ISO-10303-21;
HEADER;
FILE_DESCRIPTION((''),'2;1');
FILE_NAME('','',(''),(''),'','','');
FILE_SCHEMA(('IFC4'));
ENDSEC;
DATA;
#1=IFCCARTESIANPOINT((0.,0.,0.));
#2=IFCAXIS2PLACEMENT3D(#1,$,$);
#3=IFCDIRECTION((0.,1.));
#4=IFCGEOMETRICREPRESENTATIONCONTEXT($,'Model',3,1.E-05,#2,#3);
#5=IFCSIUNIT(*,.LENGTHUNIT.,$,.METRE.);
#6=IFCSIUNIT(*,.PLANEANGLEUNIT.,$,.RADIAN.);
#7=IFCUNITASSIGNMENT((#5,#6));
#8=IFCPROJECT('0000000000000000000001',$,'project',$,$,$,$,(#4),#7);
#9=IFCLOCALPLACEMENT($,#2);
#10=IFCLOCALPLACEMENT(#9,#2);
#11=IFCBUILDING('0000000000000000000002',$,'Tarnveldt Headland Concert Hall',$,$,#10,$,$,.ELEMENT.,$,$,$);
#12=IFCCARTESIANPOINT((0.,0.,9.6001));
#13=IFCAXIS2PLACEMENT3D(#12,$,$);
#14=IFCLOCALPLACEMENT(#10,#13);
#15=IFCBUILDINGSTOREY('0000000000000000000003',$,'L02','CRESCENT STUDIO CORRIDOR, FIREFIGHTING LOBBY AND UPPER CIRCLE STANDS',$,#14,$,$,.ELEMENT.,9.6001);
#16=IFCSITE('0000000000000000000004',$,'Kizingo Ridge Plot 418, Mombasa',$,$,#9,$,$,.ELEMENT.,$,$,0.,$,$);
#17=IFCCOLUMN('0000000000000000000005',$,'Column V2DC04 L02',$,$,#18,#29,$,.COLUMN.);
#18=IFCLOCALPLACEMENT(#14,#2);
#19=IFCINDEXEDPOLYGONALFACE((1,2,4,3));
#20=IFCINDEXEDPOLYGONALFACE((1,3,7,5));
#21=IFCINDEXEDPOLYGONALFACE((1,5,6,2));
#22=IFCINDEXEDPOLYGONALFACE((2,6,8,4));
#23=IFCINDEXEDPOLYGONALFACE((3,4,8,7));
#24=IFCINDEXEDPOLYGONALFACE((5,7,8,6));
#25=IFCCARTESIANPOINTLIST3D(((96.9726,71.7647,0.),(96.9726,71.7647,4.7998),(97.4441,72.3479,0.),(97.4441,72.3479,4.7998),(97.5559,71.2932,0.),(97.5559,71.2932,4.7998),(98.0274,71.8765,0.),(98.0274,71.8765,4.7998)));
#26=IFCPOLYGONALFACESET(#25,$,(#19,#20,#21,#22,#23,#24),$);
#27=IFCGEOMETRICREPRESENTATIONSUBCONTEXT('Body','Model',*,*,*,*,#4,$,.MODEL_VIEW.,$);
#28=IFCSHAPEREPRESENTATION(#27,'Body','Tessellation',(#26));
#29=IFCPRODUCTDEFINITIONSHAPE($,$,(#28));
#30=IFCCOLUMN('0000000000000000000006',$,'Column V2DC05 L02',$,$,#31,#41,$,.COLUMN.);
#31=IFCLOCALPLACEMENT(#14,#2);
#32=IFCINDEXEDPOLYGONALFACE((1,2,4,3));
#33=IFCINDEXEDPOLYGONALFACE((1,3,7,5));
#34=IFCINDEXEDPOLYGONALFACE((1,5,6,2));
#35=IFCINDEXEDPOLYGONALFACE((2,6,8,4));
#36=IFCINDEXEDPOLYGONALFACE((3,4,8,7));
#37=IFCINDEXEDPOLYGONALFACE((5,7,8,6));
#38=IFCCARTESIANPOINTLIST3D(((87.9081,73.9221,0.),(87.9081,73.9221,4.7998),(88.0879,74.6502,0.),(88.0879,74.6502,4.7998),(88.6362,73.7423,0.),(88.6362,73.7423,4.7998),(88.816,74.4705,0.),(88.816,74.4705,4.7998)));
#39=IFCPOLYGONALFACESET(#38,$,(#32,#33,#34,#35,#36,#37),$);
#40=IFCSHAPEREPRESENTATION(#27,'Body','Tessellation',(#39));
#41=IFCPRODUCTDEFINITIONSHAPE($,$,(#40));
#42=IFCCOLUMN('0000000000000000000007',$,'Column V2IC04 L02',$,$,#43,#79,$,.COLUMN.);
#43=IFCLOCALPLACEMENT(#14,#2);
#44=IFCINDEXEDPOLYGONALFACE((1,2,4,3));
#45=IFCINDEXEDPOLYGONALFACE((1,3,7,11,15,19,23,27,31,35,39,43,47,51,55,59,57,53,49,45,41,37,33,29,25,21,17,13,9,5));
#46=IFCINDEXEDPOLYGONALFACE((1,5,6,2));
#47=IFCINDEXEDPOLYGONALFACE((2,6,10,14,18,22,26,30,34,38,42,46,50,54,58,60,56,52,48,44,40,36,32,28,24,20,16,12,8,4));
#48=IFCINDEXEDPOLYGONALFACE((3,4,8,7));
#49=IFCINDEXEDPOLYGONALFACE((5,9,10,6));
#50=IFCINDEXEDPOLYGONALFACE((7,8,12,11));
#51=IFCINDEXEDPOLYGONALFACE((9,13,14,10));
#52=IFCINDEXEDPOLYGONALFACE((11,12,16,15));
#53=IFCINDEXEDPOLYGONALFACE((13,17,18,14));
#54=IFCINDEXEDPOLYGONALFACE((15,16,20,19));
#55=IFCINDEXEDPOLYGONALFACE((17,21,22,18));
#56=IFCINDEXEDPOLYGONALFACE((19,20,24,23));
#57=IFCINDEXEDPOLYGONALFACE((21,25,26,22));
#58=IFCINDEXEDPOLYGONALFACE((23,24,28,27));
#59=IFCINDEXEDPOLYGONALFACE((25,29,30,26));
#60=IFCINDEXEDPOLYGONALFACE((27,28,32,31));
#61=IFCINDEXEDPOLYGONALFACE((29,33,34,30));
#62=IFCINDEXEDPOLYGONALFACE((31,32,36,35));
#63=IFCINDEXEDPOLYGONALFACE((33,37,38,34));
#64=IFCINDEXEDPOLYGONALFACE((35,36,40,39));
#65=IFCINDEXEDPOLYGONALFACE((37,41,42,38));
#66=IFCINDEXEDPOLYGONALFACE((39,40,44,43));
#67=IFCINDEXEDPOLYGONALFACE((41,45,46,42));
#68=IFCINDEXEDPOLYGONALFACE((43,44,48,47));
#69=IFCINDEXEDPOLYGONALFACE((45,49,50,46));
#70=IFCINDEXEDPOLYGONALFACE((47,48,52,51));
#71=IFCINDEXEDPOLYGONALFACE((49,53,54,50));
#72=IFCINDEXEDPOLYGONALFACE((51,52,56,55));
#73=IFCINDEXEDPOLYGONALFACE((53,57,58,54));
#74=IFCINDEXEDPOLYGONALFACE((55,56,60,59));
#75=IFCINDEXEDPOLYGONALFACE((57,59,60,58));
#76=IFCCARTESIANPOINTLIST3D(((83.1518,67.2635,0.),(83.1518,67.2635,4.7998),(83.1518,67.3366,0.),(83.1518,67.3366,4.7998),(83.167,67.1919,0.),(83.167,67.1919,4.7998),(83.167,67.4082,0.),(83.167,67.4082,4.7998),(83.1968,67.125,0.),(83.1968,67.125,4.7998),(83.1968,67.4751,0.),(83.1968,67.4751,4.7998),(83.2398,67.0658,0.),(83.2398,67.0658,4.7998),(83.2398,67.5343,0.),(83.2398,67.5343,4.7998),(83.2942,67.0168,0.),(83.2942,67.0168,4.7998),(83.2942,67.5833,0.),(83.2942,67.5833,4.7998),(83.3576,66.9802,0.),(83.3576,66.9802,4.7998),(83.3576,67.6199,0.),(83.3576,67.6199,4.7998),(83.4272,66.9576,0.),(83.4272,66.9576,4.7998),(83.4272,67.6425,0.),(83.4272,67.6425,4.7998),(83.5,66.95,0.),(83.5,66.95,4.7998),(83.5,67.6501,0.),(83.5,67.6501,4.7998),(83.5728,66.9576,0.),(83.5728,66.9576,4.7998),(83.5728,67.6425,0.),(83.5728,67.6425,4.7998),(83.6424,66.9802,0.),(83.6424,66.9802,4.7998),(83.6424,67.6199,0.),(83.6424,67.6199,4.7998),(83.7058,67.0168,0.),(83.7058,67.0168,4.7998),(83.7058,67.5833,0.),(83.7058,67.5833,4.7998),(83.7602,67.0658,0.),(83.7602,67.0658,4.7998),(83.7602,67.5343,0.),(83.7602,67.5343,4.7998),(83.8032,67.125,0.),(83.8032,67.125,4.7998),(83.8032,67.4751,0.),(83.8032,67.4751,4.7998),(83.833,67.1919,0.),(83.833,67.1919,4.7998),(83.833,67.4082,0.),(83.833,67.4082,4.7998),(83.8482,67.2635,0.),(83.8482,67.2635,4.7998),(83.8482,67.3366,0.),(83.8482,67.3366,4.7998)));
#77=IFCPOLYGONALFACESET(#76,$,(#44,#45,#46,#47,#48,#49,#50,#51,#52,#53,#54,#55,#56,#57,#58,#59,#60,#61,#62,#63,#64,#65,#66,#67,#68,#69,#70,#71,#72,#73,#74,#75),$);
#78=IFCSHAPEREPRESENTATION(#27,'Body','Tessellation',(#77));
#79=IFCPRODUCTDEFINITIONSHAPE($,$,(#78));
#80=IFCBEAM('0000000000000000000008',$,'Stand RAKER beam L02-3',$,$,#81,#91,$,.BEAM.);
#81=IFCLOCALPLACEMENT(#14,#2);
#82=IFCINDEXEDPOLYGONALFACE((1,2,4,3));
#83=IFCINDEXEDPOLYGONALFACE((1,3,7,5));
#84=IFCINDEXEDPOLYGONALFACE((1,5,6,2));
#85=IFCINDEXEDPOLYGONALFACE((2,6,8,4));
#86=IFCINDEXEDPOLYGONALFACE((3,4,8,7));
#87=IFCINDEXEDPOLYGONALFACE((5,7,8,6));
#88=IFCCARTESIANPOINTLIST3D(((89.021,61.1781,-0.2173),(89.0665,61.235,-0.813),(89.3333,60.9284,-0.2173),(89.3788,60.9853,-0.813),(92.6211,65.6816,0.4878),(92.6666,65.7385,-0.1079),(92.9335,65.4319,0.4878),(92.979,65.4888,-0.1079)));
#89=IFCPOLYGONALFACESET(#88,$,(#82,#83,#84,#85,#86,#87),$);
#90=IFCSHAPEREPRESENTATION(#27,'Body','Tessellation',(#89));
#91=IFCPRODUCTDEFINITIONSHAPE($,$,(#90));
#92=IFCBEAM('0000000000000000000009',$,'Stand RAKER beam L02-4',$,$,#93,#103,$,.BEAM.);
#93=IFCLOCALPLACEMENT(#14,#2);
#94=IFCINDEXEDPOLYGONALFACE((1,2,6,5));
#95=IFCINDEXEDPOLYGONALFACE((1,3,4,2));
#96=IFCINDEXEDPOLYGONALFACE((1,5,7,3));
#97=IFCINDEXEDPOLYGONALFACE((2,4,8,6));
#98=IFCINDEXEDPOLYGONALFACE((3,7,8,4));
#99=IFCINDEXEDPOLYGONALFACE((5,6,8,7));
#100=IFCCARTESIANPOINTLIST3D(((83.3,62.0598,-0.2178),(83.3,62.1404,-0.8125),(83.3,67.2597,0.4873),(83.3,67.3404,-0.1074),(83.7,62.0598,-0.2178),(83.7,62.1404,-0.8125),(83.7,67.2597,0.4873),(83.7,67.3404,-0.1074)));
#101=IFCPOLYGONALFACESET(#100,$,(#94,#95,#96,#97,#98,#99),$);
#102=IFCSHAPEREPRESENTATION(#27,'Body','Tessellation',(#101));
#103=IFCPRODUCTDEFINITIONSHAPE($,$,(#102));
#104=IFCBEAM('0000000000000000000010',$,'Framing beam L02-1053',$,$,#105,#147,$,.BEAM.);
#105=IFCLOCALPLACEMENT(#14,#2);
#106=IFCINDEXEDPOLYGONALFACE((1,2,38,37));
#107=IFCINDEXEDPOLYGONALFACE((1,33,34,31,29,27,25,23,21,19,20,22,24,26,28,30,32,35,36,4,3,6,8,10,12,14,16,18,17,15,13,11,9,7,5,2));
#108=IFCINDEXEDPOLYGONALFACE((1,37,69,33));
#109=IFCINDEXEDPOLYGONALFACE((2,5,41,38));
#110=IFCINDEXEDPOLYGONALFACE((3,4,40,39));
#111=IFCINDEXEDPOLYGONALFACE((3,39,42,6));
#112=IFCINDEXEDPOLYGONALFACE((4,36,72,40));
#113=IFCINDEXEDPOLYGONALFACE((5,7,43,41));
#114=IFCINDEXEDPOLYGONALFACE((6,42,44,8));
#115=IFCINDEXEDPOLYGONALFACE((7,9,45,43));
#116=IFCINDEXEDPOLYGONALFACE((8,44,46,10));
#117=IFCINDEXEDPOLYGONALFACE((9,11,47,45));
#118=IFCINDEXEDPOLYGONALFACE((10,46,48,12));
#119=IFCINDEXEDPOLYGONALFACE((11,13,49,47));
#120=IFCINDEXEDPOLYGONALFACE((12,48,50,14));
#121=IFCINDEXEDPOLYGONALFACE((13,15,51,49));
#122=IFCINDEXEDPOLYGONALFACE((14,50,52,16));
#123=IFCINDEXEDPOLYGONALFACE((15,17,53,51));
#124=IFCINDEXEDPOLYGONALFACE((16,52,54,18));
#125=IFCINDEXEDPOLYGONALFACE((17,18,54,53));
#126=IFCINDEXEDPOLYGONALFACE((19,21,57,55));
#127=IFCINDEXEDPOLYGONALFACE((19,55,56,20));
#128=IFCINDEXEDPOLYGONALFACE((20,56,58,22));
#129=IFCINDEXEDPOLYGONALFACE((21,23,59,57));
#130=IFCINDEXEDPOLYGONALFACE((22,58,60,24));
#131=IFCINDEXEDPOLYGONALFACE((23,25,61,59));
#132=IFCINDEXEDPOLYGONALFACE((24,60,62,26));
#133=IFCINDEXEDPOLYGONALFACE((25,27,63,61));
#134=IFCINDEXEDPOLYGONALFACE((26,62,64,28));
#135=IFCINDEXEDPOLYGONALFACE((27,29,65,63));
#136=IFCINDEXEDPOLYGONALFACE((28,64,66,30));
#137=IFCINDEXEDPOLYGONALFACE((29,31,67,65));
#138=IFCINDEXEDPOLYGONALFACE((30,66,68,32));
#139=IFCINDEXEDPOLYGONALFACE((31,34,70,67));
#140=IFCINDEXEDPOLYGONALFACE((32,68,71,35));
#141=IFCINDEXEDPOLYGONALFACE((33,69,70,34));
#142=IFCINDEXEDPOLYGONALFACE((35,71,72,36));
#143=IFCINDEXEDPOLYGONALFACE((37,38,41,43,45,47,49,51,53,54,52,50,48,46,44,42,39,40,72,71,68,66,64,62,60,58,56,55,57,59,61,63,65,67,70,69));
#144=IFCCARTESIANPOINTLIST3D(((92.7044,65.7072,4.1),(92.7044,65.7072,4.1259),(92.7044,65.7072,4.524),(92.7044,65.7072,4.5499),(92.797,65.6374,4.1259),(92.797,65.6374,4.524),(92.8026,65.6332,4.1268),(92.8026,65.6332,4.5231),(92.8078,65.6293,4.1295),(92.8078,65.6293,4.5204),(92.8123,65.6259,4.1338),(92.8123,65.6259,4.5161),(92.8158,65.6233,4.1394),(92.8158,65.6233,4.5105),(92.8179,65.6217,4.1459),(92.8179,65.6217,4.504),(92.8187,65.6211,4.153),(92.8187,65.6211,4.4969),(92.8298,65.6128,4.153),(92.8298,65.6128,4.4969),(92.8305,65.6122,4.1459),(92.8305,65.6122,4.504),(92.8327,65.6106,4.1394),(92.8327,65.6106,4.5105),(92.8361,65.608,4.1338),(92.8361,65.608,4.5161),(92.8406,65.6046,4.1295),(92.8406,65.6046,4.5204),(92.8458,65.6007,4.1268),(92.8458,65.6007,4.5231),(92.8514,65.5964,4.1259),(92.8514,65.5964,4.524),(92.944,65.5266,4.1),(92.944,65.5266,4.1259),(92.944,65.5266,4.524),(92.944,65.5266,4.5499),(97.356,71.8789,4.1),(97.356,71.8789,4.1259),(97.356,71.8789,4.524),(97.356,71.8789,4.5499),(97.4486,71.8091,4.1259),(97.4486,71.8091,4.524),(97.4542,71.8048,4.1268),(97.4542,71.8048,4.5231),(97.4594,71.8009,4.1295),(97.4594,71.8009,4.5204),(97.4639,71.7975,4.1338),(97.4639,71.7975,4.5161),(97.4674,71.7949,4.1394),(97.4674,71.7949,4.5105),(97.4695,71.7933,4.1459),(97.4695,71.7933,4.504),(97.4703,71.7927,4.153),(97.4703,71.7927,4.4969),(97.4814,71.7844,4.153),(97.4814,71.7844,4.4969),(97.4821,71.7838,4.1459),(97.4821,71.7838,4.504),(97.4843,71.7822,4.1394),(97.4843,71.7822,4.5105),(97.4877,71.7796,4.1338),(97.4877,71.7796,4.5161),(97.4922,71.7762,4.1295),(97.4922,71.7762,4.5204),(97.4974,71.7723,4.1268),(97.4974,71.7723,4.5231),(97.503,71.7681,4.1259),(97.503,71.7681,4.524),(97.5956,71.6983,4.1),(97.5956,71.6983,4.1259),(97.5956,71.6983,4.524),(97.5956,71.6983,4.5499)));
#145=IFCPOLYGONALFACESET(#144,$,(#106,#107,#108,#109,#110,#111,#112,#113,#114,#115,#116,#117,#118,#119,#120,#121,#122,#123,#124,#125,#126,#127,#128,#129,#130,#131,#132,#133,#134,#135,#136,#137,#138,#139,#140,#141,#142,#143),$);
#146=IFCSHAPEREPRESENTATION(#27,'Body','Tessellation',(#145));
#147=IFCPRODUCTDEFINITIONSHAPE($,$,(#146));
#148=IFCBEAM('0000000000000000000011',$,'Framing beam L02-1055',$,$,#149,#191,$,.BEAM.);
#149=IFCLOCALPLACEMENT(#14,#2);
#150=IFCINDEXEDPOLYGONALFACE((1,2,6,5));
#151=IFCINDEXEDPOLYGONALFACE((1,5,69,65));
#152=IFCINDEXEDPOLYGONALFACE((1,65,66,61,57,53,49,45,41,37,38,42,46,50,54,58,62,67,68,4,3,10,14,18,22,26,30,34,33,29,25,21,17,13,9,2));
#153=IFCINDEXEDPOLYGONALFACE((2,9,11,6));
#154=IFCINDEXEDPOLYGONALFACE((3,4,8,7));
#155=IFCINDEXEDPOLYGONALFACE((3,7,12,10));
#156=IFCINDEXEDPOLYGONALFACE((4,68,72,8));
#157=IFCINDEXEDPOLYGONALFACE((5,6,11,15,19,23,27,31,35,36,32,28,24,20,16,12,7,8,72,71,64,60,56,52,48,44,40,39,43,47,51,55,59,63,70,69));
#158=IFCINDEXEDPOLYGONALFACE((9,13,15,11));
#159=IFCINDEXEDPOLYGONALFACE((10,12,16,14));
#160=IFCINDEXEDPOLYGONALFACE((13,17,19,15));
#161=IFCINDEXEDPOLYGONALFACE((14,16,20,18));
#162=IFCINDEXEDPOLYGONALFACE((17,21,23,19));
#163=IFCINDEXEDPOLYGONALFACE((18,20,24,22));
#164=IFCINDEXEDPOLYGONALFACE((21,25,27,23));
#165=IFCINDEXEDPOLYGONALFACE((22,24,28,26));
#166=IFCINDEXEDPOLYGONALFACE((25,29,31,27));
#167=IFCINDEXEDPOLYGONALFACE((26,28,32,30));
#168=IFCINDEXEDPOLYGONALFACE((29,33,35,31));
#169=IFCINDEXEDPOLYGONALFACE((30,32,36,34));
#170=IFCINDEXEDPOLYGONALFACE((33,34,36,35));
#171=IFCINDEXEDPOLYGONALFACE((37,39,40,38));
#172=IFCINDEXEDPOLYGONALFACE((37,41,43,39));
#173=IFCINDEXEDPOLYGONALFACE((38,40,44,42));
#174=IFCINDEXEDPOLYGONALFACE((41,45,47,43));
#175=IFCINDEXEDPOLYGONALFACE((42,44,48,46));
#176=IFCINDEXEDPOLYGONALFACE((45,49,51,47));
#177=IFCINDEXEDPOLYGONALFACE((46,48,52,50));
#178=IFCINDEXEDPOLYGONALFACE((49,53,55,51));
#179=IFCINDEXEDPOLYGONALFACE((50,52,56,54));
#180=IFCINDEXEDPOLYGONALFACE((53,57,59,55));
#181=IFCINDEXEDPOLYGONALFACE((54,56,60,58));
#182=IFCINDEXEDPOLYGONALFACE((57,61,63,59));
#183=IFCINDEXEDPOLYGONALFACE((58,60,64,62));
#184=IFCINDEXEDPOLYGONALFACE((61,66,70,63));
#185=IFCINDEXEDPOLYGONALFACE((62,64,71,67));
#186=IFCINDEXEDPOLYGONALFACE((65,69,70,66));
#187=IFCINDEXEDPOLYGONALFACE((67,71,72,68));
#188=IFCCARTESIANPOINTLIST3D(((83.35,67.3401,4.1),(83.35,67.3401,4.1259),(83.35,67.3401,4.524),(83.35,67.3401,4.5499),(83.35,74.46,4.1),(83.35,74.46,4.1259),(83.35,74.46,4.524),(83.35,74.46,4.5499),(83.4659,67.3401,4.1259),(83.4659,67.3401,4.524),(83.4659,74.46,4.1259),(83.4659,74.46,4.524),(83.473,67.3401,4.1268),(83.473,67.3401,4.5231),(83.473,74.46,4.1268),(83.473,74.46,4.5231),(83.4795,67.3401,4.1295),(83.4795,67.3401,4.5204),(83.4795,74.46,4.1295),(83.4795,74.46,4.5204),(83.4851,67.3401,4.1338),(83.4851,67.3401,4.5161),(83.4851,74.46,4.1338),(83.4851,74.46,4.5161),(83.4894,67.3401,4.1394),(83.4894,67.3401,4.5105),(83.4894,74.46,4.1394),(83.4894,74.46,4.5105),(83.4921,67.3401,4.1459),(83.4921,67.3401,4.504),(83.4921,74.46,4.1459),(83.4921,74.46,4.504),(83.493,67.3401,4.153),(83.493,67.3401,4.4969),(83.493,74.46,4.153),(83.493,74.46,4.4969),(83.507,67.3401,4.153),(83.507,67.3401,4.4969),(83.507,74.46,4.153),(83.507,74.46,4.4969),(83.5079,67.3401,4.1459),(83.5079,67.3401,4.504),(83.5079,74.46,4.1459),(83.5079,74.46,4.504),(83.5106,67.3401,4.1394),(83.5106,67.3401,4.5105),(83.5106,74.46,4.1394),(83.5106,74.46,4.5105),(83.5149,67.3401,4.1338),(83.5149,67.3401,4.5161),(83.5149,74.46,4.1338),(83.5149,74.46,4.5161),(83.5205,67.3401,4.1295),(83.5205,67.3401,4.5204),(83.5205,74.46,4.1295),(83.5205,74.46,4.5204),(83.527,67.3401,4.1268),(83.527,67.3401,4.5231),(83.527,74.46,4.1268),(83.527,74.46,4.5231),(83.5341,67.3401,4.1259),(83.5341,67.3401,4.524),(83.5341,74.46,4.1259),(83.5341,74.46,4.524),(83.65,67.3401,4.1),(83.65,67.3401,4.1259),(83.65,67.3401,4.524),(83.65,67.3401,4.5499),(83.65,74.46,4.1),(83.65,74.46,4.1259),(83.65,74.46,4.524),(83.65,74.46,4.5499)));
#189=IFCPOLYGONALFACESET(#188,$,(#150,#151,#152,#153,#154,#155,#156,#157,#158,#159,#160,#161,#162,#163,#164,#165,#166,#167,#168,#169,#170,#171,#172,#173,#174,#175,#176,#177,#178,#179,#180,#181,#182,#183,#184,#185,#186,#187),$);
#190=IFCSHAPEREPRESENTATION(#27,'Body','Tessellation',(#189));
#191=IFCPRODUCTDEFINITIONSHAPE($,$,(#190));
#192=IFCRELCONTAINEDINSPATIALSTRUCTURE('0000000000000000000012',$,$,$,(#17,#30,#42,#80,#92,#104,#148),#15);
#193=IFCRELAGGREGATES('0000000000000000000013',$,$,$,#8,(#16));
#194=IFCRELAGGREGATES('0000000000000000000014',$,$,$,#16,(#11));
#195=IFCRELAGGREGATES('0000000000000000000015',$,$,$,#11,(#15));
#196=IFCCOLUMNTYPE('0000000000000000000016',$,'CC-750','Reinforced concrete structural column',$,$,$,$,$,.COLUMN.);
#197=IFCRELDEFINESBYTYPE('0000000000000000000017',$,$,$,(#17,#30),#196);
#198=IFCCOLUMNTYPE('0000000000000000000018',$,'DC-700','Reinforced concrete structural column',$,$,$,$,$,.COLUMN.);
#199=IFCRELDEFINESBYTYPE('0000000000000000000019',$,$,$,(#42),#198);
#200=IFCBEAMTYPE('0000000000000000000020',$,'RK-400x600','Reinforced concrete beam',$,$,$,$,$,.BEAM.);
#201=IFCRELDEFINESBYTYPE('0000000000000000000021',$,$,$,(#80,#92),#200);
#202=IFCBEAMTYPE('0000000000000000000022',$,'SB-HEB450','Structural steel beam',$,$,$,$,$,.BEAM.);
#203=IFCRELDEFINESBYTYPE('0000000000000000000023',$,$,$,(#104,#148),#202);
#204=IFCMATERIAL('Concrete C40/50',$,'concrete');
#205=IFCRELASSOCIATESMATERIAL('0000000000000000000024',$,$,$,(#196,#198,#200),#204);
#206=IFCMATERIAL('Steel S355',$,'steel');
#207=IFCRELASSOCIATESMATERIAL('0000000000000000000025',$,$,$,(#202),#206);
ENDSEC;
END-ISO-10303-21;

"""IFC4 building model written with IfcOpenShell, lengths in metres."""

from ifc_helpers import new_model, si_unit, direction, frame, origin, origin_2d, place, context, subcontext, project, spatial, rectangle, circle, i_section, extrude, material, material_profile, profile_set, type_object, element, save


model = new_model("IFC4")

# Units and contexts
model_context = context("Model", 3, precision=1e-05, world=origin(), true_north=direction((0.0, 1.0)))
body_context = subcontext(model_context, "Body", "Model", "MODEL_VIEW")
ifc_project = project(units=[si_unit("LENGTHUNIT", "METRE"), si_unit("PLANEANGLEUNIT", "RADIAN")], contexts=[model_context])

# Site, building, storey
site_placement = place(None, origin())
site = spatial("IfcSite", under=ifc_project, at=site_placement, Name="Kizingo Ridge Plot 418, Mombasa", CompositionType="ELEMENT", RefElevation=0.0)
building_placement = place(site_placement, origin())
building = spatial("IfcBuilding", under=site, at=building_placement, Name="Tarnveldt Headland Concert Hall", CompositionType="ELEMENT")
storey_placement = place(building_placement, frame((0.0, 0.0, 9.6001)))
storey = spatial("IfcBuildingStorey", under=building, at=storey_placement, Name="L02", Description="CRESCENT STUDIO CORRIDOR, FIREFIGHTING LOBBY AND UPPER CIRCLE STANDS", CompositionType="ELEMENT", Elevation=9.6001)

# Columns
ifc_material_1 = material(Name="Concrete C40/50", Category="concrete")
ifc_material_profile_1 = material_profile(ifc_material_1, rectangle(XDim=0.75, YDim=0.75, at=origin_2d()), Name="RC 750x750", Category="concrete")
ifc_profile_set_1 = profile_set([ifc_material_profile_1], Name="Concrete C40/50")
column_type_1 = type_object("IfcColumnType", Name="CC-750", Description="Reinforced concrete structural column", PredefinedType="COLUMN", material=ifc_profile_set_1)
for number, where, z_axis, x_axis, name in (
    (1, (97.5, 71.8206, 0.0), (0.0, 0.0, 1.0), (0.628642, 0.777695, 0.0), "Column V2DC04 L02"),
    (2, (88.3621, 74.1963, 0.0), (0.0, 0.0, 1.0), (0.23972, 0.970842, 0.0), "Column V2DC05 L02"),
):
    element("IfcColumn", number, at=place(storey_placement, frame(where, z_axis=z_axis, x_axis=x_axis)), inside=storey, type_object=column_type_1, Name=name, PredefinedType="COLUMN", context=body_context, shape_type="SweptSolid", body=[
        extrude(rectangle(XDim=0.75, YDim=0.75, at=origin_2d()), origin(), (0.0, 0.0, 1.0), 4.7998),
    ])
ifc_material_profile_2 = material_profile(ifc_material_1, circle(Radius=0.3501, at=origin_2d()), Name="RC D700", Category="concrete")
ifc_profile_set_2 = profile_set([ifc_material_profile_2], Name="Concrete C40/50")
column_type_2 = type_object("IfcColumnType", Name="DC-700", Description="Reinforced concrete structural column", PredefinedType="COLUMN", material=ifc_profile_set_2)
for number, where, z_axis, x_axis, name in (
    (3, (83.5, 67.3, 0.0), (0.0, 0.0, 1.0), (0.0, 1.0, 0.0), "Column V2IC04 L02"),
):
    element("IfcColumn", number, at=place(storey_placement, frame(where, z_axis=z_axis, x_axis=x_axis)), inside=storey, type_object=column_type_2, Name=name, PredefinedType="COLUMN", context=body_context, shape_type="SweptSolid", body=[
        extrude(circle(Radius=0.3501, at=origin_2d()), origin(), (0.0, 0.0, 1.0), 4.7998),
    ])

# Beams
ifc_material_profile_3 = material_profile(ifc_material_1, rectangle(XDim=0.3999, YDim=0.6001, at=origin_2d()), Name="RAKER RC 400x600", Category="concrete")
ifc_profile_set_3 = profile_set([ifc_material_profile_3], Name="Concrete C40/50")
beam_type_1 = type_object("IfcBeamType", Name="RK-400x600", Description="Reinforced concrete beam", PredefinedType="BEAM", material=ifc_profile_set_3)
beam_1_placement = place(storey_placement, frame((92.8, 65.5852, 0.1899), z_axis=(-0.619799, -0.775316, -0.121387), x_axis=(0.781092, -0.624416, 0.0)))
element("IfcBeam", 4, at=beam_1_placement, inside=storey, type_object=beam_type_1, Name="Stand RAKER beam L02-3", PredefinedType="BEAM", context=body_context, shape_type="SweptSolid", body=[
    extrude(rectangle(XDim=0.3999, YDim=0.6001, at=origin_2d()), origin(), (0.0, 0.0, 1.0), 5.8086),
])
beam_2_placement = place(storey_placement, frame((83.5, 67.3, 0.1899), z_axis=(0.0, -0.990932, -0.134364), x_axis=(1.0, 0.0, 0.0)))
element("IfcBeam", 5, at=beam_2_placement, inside=storey, type_object=beam_type_1, Name="Stand RAKER beam L02-4", PredefinedType="BEAM", context=body_context, shape_type="SweptSolid", body=[
    extrude(rectangle(XDim=0.3999, YDim=0.6001, at=origin_2d()), origin(), (0.0, 0.0, 1.0), 5.2476),
])
ifc_material_2 = material(Name="Steel S355", Category="steel")
ifc_material_profile_4 = material_profile(ifc_material_2, i_section(OverallWidth=0.3, OverallDepth=0.45, WebThickness=0.0139, FlangeThickness=0.0259, FilletRadius=0.0271, at=origin_2d()), Name="HEB450", Category="steel")
ifc_profile_set_4 = profile_set([ifc_material_profile_4], Name="Steel S355")
beam_type_2 = type_object("IfcBeamType", Name="SB-HEB450", Description="Structural steel beam", PredefinedType="BEAM", material=ifc_profile_set_4)
beam_3_placement = place(storey_placement, frame((92.8242, 65.6169, 4.325), z_axis=(0.601894, 0.798576, 0.0), x_axis=(-0.798576, 0.601894, 0.0)))
element("IfcBeam", 6, at=beam_3_placement, inside=storey, type_object=beam_type_2, Name="Framing beam L02-1053", PredefinedType="BEAM", context=body_context, shape_type="SweptSolid", body=[
    extrude(i_section(OverallWidth=0.3, OverallDepth=0.45, WebThickness=0.0139, FlangeThickness=0.0259, FilletRadius=0.0271, at=origin_2d()), origin(), (0.0, 0.0, 1.0), 7.7283),
])
beam_4_placement = place(storey_placement, frame((83.5, 67.3401, 4.325), z_axis=(0.0, 1.0, 0.0), x_axis=(-1.0, 0.0, 0.0)))
element("IfcBeam", 7, at=beam_4_placement, inside=storey, type_object=beam_type_2, Name="Framing beam L02-1055", PredefinedType="BEAM", context=body_context, shape_type="SweptSolid", body=[
    extrude(i_section(OverallWidth=0.3, OverallDepth=0.45, WebThickness=0.0139, FlangeThickness=0.0259, FilletRadius=0.0271, at=origin_2d()), origin(), (0.0, 0.0, 1.0), 7.1199),
])

save(model, "model.ifc")
